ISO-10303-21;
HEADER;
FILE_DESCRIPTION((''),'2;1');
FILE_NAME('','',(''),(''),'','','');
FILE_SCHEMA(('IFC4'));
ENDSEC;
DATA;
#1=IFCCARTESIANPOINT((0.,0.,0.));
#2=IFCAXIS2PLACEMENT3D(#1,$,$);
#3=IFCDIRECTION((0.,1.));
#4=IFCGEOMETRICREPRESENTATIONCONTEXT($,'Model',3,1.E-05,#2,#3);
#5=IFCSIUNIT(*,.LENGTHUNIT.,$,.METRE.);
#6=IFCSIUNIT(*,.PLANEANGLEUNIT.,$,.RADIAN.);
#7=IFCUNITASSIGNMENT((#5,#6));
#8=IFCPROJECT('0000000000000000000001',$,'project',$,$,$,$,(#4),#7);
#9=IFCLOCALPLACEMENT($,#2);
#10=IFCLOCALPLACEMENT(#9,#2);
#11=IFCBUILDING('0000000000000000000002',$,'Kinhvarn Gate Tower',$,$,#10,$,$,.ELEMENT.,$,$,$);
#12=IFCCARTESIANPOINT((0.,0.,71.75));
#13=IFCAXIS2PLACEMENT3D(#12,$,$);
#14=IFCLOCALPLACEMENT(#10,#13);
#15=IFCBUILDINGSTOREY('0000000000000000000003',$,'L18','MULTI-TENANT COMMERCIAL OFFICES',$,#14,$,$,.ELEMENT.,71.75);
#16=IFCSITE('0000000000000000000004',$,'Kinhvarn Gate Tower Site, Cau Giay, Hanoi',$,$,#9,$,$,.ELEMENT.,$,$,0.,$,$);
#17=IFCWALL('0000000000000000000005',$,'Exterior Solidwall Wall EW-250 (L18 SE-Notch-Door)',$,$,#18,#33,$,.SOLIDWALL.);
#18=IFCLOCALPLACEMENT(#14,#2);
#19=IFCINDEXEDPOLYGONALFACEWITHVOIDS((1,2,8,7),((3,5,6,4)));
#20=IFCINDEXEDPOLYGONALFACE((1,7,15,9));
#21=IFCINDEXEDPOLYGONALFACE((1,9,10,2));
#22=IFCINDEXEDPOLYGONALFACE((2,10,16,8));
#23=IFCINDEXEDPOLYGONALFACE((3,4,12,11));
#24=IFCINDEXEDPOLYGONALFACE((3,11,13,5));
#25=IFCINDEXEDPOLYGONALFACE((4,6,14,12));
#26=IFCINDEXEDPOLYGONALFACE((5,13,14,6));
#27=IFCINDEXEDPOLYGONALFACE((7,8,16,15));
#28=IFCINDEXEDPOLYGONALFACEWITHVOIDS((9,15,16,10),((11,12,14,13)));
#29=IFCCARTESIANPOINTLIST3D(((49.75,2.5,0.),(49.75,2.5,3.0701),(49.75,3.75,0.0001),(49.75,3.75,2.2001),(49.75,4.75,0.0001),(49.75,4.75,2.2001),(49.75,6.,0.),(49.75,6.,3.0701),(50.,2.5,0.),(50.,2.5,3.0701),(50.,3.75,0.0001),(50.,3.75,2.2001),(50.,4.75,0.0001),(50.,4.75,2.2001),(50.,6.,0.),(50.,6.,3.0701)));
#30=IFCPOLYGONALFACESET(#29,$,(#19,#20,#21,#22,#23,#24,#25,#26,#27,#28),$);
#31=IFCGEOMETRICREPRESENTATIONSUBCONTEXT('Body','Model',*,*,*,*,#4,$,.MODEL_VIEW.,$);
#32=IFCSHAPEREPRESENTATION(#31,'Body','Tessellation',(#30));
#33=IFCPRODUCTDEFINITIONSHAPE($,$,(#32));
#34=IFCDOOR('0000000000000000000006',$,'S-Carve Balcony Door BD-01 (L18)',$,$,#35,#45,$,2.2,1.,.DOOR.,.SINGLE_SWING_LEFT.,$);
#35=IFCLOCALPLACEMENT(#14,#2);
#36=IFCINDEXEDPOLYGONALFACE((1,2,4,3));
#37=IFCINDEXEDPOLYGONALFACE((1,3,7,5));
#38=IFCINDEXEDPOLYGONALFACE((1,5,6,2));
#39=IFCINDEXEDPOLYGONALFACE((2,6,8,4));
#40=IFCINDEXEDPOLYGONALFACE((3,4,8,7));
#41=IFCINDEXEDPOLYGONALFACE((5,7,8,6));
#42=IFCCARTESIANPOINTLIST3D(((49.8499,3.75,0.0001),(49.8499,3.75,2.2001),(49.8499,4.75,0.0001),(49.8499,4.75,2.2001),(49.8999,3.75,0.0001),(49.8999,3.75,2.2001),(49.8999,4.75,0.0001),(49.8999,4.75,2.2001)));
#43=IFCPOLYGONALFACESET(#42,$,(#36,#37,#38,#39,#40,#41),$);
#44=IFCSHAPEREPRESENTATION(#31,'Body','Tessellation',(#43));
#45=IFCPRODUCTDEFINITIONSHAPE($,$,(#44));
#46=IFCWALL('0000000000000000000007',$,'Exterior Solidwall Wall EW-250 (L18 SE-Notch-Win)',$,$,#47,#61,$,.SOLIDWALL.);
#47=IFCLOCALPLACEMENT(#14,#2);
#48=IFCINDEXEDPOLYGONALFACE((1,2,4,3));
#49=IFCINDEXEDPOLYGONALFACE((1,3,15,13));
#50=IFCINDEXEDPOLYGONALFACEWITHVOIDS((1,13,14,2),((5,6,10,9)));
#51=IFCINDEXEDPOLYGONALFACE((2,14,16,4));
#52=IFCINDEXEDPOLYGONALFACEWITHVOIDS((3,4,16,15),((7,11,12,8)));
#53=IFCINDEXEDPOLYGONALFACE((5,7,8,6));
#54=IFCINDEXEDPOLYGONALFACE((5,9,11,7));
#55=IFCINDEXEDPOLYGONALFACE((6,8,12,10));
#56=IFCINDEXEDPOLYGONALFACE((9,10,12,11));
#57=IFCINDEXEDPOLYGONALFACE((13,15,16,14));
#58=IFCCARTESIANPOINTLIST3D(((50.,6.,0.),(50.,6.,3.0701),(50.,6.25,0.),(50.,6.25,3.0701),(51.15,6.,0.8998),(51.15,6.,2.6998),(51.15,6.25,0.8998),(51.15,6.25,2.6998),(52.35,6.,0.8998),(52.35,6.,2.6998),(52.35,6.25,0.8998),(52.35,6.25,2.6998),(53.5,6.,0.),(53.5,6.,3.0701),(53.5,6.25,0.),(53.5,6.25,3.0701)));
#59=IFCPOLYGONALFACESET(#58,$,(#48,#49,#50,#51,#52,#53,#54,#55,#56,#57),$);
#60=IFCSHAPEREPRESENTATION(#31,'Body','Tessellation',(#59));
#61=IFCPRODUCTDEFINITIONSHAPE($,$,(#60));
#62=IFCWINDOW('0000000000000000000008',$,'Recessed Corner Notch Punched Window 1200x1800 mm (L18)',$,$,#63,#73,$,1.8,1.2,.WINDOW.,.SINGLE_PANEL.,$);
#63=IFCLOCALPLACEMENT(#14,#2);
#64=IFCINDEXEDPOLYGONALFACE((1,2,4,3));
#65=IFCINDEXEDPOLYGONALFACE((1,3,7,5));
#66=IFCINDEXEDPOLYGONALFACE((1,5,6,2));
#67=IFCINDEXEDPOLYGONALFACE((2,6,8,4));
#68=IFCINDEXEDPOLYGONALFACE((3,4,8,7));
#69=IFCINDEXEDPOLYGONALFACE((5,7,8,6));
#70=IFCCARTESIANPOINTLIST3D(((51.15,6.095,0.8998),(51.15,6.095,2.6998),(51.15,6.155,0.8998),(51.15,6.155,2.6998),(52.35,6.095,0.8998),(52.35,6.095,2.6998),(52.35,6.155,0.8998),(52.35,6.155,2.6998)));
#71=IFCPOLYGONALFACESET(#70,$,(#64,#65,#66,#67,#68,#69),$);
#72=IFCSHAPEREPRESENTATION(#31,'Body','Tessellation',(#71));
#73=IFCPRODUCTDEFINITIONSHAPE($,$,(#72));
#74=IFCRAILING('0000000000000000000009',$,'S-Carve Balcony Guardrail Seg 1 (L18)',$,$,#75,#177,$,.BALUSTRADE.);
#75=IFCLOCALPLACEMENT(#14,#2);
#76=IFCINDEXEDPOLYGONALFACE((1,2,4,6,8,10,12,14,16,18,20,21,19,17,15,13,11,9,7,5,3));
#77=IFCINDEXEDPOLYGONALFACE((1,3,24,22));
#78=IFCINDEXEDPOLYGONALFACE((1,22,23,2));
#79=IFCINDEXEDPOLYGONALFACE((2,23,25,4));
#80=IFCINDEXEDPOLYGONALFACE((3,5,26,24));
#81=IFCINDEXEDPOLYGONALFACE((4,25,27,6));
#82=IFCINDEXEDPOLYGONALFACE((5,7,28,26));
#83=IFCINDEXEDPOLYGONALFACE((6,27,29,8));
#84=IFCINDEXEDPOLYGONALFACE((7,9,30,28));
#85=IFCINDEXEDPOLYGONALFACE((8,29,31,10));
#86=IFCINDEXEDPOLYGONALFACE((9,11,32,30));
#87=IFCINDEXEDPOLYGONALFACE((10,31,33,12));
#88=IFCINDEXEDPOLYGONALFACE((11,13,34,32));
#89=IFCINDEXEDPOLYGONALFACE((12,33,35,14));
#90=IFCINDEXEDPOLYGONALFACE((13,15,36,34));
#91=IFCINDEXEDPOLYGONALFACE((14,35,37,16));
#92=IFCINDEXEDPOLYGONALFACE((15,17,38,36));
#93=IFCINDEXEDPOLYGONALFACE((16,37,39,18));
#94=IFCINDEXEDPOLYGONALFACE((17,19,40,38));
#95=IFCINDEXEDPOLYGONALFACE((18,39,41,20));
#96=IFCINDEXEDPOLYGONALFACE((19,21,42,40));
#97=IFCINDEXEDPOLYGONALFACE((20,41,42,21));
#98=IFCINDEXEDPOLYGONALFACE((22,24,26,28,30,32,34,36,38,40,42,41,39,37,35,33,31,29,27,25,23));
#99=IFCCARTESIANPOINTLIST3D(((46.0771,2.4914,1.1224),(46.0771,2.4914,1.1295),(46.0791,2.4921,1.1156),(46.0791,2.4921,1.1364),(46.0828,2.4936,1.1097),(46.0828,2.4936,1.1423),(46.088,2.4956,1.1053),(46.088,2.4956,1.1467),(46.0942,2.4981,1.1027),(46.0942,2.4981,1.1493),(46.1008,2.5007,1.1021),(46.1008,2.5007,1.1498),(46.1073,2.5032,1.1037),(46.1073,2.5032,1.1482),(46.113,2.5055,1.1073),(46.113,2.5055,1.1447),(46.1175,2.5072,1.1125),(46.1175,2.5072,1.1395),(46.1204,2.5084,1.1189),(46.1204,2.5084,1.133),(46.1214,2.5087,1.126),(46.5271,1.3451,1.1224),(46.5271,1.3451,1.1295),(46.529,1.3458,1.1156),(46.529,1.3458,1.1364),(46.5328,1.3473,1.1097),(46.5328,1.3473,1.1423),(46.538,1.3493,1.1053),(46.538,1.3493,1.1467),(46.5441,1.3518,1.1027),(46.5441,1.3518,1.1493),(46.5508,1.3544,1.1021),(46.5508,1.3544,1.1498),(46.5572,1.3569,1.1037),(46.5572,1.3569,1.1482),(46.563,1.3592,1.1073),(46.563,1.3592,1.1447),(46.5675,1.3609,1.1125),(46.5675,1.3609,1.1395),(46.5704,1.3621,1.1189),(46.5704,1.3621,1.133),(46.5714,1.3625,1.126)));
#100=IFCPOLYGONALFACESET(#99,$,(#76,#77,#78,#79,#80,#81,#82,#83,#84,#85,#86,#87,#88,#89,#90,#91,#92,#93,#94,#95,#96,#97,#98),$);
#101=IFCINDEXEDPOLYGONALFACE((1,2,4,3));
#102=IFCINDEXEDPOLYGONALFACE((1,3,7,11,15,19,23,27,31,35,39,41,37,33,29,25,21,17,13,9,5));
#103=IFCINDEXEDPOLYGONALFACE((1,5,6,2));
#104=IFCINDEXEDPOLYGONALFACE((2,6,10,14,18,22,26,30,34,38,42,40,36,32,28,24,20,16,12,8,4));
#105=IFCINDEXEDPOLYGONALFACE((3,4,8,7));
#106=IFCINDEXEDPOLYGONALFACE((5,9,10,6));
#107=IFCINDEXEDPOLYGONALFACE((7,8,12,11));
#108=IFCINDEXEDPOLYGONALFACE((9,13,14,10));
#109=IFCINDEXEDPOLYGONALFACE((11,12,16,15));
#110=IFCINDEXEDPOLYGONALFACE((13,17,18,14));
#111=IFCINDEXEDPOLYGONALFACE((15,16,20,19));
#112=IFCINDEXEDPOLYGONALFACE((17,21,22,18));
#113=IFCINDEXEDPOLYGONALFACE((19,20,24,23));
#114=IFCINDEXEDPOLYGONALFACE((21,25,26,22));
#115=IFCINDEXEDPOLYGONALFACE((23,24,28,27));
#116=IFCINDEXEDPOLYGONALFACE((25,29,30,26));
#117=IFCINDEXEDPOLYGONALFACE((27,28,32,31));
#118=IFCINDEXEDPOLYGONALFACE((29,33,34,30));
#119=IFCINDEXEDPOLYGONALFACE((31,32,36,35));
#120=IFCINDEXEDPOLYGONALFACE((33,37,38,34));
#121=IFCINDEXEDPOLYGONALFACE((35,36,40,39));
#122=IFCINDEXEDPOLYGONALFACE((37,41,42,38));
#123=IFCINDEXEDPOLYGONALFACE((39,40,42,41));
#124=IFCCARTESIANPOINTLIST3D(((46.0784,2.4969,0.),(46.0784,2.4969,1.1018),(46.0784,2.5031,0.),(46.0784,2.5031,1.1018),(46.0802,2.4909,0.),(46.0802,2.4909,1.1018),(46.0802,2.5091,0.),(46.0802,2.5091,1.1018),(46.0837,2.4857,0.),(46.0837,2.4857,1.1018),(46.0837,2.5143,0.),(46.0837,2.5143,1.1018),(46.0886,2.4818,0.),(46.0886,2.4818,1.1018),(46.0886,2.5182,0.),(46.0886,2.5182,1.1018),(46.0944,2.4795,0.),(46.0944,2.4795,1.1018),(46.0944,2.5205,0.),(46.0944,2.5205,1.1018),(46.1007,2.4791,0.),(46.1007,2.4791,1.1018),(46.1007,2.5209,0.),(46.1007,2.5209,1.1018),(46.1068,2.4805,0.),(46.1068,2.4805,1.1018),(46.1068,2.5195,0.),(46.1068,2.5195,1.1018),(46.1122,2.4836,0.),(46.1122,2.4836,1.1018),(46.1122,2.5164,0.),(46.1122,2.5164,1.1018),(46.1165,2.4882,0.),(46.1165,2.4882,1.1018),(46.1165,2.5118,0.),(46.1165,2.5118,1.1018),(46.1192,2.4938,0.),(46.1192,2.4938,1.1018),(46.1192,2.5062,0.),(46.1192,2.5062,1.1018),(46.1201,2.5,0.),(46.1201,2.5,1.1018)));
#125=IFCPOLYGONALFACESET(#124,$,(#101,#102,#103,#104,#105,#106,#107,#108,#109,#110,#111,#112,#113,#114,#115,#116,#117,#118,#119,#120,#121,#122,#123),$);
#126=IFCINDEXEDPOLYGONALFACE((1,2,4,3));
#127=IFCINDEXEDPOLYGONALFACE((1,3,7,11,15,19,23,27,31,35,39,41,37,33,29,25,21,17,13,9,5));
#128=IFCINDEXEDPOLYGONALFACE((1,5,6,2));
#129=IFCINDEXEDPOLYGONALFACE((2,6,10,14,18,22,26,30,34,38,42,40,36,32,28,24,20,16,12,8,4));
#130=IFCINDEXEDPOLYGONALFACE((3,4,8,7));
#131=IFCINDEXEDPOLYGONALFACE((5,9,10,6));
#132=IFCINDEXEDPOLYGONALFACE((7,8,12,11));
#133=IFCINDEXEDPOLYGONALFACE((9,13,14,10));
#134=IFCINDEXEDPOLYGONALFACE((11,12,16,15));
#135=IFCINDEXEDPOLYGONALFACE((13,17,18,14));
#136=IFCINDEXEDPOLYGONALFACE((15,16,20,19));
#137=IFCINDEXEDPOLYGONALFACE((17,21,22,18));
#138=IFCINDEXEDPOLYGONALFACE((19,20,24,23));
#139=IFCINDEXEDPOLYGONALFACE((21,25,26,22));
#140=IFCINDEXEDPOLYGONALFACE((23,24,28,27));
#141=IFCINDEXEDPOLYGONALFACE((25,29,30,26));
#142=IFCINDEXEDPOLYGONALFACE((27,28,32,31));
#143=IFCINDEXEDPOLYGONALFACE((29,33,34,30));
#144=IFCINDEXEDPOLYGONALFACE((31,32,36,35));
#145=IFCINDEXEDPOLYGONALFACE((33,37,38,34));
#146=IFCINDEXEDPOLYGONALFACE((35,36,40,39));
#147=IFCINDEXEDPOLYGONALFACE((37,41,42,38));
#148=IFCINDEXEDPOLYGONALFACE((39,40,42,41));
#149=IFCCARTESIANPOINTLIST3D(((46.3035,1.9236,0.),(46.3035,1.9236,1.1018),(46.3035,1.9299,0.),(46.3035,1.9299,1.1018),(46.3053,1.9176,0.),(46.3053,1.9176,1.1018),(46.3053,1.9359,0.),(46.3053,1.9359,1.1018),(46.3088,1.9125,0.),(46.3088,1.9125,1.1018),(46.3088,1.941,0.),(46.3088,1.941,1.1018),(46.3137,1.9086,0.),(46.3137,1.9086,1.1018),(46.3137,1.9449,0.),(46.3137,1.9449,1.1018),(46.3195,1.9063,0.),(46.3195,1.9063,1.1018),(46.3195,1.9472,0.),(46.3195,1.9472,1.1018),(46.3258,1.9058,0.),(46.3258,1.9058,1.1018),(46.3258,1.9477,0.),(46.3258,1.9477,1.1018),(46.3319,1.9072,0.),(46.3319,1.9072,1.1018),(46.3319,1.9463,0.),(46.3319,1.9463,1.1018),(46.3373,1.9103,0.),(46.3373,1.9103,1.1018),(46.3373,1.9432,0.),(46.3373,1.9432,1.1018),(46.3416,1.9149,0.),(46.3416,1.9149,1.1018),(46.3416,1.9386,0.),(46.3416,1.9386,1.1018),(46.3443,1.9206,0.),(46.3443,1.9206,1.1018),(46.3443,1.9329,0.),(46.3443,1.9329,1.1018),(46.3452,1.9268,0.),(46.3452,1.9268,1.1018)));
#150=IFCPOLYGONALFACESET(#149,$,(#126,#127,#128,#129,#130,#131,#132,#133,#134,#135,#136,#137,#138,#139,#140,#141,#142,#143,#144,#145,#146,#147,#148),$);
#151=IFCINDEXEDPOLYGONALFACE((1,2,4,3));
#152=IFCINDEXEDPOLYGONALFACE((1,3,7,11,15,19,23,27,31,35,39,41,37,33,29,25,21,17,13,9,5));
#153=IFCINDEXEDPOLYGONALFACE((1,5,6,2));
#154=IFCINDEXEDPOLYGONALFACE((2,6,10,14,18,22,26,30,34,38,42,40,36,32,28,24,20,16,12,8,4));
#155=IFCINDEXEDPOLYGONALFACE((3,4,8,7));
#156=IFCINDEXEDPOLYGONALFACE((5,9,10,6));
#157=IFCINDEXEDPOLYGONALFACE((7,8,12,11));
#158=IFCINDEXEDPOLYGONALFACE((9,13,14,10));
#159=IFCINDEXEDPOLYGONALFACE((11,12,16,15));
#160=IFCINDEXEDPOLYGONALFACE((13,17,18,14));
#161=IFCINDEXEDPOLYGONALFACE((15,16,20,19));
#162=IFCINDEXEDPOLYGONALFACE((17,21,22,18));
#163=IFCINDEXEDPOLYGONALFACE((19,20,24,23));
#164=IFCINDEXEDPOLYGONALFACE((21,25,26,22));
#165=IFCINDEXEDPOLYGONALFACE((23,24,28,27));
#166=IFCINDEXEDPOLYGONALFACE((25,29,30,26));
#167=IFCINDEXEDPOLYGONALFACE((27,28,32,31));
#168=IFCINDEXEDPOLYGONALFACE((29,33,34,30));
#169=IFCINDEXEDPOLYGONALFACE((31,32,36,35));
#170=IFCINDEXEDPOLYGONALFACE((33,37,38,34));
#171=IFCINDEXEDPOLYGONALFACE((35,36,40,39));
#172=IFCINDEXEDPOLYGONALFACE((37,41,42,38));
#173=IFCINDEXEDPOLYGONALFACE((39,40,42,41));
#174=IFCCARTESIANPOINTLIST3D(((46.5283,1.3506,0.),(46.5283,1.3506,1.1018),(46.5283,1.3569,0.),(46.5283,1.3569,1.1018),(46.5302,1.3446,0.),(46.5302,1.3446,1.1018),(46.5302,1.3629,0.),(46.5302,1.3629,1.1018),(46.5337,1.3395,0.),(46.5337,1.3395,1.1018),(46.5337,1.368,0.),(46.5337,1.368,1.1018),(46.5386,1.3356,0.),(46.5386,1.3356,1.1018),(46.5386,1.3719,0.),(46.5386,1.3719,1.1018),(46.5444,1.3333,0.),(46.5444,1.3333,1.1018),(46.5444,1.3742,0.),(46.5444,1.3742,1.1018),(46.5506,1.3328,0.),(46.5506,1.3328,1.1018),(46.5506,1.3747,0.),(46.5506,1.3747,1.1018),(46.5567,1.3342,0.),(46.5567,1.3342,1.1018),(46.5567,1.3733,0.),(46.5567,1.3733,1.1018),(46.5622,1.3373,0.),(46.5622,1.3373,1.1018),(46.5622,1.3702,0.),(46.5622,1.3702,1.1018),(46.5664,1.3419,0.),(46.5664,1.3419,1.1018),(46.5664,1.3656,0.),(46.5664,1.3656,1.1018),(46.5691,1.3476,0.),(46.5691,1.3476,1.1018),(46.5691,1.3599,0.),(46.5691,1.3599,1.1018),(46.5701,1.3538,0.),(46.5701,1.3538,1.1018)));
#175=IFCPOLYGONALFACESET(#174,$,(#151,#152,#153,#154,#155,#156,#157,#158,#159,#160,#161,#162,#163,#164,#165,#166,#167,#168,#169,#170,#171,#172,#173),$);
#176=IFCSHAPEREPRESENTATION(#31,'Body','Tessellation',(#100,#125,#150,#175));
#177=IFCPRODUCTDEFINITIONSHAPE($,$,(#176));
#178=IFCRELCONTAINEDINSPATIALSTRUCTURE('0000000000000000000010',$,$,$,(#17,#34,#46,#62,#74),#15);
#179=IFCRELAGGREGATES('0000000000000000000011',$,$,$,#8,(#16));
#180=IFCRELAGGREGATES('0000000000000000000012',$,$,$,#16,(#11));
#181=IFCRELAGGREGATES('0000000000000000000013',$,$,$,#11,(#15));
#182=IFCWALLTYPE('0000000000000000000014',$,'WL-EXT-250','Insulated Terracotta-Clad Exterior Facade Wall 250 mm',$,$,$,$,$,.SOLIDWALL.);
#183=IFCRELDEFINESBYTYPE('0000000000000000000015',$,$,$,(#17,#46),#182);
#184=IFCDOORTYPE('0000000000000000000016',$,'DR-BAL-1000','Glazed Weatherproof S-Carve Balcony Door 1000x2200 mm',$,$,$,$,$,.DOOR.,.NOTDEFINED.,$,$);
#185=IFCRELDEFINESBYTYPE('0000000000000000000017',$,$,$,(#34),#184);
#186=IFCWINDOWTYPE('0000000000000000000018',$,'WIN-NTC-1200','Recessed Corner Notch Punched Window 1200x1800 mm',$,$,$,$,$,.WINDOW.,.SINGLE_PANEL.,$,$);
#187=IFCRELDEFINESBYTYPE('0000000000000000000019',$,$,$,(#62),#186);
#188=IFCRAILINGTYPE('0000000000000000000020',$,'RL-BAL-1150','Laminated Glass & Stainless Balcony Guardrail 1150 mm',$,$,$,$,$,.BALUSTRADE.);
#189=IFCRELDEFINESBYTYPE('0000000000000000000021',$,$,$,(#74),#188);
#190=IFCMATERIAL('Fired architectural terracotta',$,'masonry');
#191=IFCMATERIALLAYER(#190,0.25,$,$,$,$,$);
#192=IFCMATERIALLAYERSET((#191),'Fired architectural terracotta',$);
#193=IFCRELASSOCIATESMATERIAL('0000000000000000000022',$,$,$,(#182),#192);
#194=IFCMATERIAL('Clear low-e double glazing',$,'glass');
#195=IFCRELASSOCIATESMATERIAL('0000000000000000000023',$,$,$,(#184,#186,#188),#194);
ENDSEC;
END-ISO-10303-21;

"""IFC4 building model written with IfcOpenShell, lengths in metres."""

from ifc_helpers import new_model, si_unit, direction, frame, frame_2d, origin, origin_2d, place, context, subcontext, project, spatial, rectangle, circle, extrude, material, layer, layer_set, type_object, element, fill, save


model = new_model("IFC4")

# Units and contexts
model_context = context("Model", 3, precision=1e-05, world=origin(), true_north=direction((0.0, 1.0)))
body_context = subcontext(model_context, "Body", "Model", "MODEL_VIEW")
ifc_project = project(units=[si_unit("LENGTHUNIT", "METRE"), si_unit("PLANEANGLEUNIT", "RADIAN")], contexts=[model_context])

# Site, building, storey
site_placement = place(None, origin())
site = spatial("IfcSite", under=ifc_project, at=site_placement, Name="Kinhvarn Gate Tower Site, Cau Giay, Hanoi", CompositionType="ELEMENT", RefElevation=0.0)
building_placement = place(site_placement, origin())
building = spatial("IfcBuilding", under=site, at=building_placement, Name="Kinhvarn Gate Tower", CompositionType="ELEMENT")
storey_placement = place(building_placement, frame((0.0, 0.0, 71.75)))
storey = spatial("IfcBuildingStorey", under=building, at=storey_placement, Name="L18", Description="MULTI-TENANT COMMERCIAL OFFICES", CompositionType="ELEMENT", Elevation=71.75)

# Shared definitions
ifc_material_1 = material(Name="Clear low-e double glazing", Category="glass")

# Wall, opening, door
ifc_material_2 = material(Name="Fired architectural terracotta", Category="masonry")
ifc_layer_1 = layer(ifc_material_2, 0.25)
ifc_layer_set_1 = layer_set([ifc_layer_1], Name="Fired architectural terracotta")
wall_type = type_object("IfcWallType", Name="WL-EXT-250", Description="Insulated Terracotta-Clad Exterior Facade Wall 250 mm", PredefinedType="SOLIDWALL", material=ifc_layer_set_1)
wall_1_placement = place(storey_placement, frame((49.875, 2.5, 0.0), z_axis=(0.0, 0.0, 1.0), x_axis=(0.0, 1.0, 0.0)))
wall_1 = element("IfcWall", 1, at=wall_1_placement, inside=storey, type_object=wall_type, Name="Exterior Solidwall Wall EW-250 (L18 SE-Notch-Door)", PredefinedType="SOLIDWALL", context=body_context, shape_type="SweptSolid", body=[
    extrude(rectangle(XDim=3.5, YDim=0.25, at=frame_2d((1.75, 0.0))), origin(), (0.0, 0.0, 1.0), 3.0701),
])
opening_1_placement = place(wall_1_placement, frame((1.25, 0.0, 0.0)))
opening_1 = element("IfcOpeningElement", 2, at=opening_1_placement, cuts=wall_1, PredefinedType="OPENING", context=body_context, shape_type="SweptSolid", body=[
    extrude(rectangle(XDim=1.0, YDim=2.2, at=frame_2d((0.5, 1.1001))), frame((0.0, 0.135, 0.0), z_axis=(0.0, -1.0, 0.0), x_axis=(1.0, 0.0, 0.0)), (0.0, 0.0, 1.0), 0.27),
])
door_type = type_object("IfcDoorType", Name="DR-BAL-1000", Description="Glazed Weatherproof S-Carve Balcony Door 1000x2200 mm", OperationType="NOTDEFINED", PredefinedType="DOOR", material=ifc_material_1)
door_placement = place(opening_1_placement, frame((1.0, 0.0, 0.0), z_axis=(0.0, 0.0, 1.0), x_axis=(-1.0, 0.0, 0.0)))
door = element("IfcDoor", 3, at=door_placement, inside=storey, type_object=door_type, Name="S-Carve Balcony Door BD-01 (L18)", OperationType="SINGLE_SWING_LEFT", OverallHeight=2.2, OverallWidth=1.0, PredefinedType="DOOR", context=body_context, shape_type="SweptSolid", body=[
    extrude(rectangle(XDim=1.0, YDim=2.2, at=frame_2d((0.5, 1.1001))), frame((0.0, 0.0249, 0.0), z_axis=(0.0, -1.0, 0.0), x_axis=(1.0, 0.0, 0.0)), (0.0, 0.0, 1.0), 0.05),
])
fill(opening_1, door)

# Wall, opening, window
wall_2_placement = place(storey_placement, frame((50.0, 6.125, 0.0), z_axis=(0.0, 0.0, 1.0), x_axis=(1.0, 0.0, 0.0)))
wall_2 = element("IfcWall", 4, at=wall_2_placement, inside=storey, type_object=wall_type, Name="Exterior Solidwall Wall EW-250 (L18 SE-Notch-Win)", PredefinedType="SOLIDWALL", context=body_context, shape_type="SweptSolid", body=[
    extrude(rectangle(XDim=3.5, YDim=0.25, at=frame_2d((1.75, 0.0))), origin(), (0.0, 0.0, 1.0), 3.0701),
])
opening_2_placement = place(wall_2_placement, frame((1.1499, 0.0, 0.8999)))
opening_2 = element("IfcOpeningElement", 5, at=opening_2_placement, cuts=wall_2, PredefinedType="OPENING", context=body_context, shape_type="SweptSolid", body=[
    extrude(rectangle(XDim=1.2, YDim=1.8, at=frame_2d((0.6001, 0.8999))), frame((0.0, 0.135, 0.0), z_axis=(0.0, -1.0, 0.0), x_axis=(1.0, 0.0, 0.0)), (0.0, 0.0, 1.0), 0.27),
])
window_type = type_object("IfcWindowType", Name="WIN-NTC-1200", Description="Recessed Corner Notch Punched Window 1200x1800 mm", PartitioningType="SINGLE_PANEL", PredefinedType="WINDOW", material=ifc_material_1)
window_placement = place(opening_2_placement, origin())
window = element("IfcWindow", 6, at=window_placement, inside=storey, type_object=window_type, Name="Recessed Corner Notch Punched Window 1200x1800 mm (L18)", OverallHeight=1.8, OverallWidth=1.2, PartitioningType="SINGLE_PANEL", PredefinedType="WINDOW", context=body_context, shape_type="SweptSolid", body=[
    extrude(rectangle(XDim=1.2, YDim=1.8, at=frame_2d((0.6001, 0.8999))), frame((0.0, 0.03, 0.0), z_axis=(0.0, -1.0, 0.0), x_axis=(1.0, 0.0, 0.0)), (0.0, 0.0, 1.0), 0.0601),
])
fill(opening_2, window)

# Railing
railing_type = type_object("IfcRailingType", Name="RL-BAL-1150", Description="Laminated Glass & Stainless Balcony Guardrail 1150 mm", PredefinedType="BALUSTRADE", material=ifc_material_1)
railing_1_placement = place(storey_placement, frame((46.0991, 2.5, 0.0)))
element("IfcRailing", 7, at=railing_1_placement, inside=storey, type_object=railing_type, Name="S-Carve Balcony Guardrail Seg 1 (L18)", PredefinedType="BALUSTRADE", context=body_context, shape_type="SweptSolid", body=[
    extrude(circle(Radius=0.0239, at=origin_2d()), frame((0.0, 0.0, 1.126), z_axis=(0.365401, -0.93085, 0.0), x_axis=(0.93085, 0.365401, 0.0)), (0.0, 0.0, 1.0), 1.2314),
    extrude(circle(Radius=0.021, at=origin_2d()), origin(), (0.0, 0.0, 1.0), 1.1018),
    extrude(circle(Radius=0.021, at=origin_2d()), frame((0.2251, -0.5732, 0.0)), (0.0, 0.0, 1.0), 1.1018),
    extrude(circle(Radius=0.021, at=origin_2d()), frame((0.45, -1.1462, 0.0)), (0.0, 0.0, 1.0), 1.1018),
])

save(model, "model.ifc")
